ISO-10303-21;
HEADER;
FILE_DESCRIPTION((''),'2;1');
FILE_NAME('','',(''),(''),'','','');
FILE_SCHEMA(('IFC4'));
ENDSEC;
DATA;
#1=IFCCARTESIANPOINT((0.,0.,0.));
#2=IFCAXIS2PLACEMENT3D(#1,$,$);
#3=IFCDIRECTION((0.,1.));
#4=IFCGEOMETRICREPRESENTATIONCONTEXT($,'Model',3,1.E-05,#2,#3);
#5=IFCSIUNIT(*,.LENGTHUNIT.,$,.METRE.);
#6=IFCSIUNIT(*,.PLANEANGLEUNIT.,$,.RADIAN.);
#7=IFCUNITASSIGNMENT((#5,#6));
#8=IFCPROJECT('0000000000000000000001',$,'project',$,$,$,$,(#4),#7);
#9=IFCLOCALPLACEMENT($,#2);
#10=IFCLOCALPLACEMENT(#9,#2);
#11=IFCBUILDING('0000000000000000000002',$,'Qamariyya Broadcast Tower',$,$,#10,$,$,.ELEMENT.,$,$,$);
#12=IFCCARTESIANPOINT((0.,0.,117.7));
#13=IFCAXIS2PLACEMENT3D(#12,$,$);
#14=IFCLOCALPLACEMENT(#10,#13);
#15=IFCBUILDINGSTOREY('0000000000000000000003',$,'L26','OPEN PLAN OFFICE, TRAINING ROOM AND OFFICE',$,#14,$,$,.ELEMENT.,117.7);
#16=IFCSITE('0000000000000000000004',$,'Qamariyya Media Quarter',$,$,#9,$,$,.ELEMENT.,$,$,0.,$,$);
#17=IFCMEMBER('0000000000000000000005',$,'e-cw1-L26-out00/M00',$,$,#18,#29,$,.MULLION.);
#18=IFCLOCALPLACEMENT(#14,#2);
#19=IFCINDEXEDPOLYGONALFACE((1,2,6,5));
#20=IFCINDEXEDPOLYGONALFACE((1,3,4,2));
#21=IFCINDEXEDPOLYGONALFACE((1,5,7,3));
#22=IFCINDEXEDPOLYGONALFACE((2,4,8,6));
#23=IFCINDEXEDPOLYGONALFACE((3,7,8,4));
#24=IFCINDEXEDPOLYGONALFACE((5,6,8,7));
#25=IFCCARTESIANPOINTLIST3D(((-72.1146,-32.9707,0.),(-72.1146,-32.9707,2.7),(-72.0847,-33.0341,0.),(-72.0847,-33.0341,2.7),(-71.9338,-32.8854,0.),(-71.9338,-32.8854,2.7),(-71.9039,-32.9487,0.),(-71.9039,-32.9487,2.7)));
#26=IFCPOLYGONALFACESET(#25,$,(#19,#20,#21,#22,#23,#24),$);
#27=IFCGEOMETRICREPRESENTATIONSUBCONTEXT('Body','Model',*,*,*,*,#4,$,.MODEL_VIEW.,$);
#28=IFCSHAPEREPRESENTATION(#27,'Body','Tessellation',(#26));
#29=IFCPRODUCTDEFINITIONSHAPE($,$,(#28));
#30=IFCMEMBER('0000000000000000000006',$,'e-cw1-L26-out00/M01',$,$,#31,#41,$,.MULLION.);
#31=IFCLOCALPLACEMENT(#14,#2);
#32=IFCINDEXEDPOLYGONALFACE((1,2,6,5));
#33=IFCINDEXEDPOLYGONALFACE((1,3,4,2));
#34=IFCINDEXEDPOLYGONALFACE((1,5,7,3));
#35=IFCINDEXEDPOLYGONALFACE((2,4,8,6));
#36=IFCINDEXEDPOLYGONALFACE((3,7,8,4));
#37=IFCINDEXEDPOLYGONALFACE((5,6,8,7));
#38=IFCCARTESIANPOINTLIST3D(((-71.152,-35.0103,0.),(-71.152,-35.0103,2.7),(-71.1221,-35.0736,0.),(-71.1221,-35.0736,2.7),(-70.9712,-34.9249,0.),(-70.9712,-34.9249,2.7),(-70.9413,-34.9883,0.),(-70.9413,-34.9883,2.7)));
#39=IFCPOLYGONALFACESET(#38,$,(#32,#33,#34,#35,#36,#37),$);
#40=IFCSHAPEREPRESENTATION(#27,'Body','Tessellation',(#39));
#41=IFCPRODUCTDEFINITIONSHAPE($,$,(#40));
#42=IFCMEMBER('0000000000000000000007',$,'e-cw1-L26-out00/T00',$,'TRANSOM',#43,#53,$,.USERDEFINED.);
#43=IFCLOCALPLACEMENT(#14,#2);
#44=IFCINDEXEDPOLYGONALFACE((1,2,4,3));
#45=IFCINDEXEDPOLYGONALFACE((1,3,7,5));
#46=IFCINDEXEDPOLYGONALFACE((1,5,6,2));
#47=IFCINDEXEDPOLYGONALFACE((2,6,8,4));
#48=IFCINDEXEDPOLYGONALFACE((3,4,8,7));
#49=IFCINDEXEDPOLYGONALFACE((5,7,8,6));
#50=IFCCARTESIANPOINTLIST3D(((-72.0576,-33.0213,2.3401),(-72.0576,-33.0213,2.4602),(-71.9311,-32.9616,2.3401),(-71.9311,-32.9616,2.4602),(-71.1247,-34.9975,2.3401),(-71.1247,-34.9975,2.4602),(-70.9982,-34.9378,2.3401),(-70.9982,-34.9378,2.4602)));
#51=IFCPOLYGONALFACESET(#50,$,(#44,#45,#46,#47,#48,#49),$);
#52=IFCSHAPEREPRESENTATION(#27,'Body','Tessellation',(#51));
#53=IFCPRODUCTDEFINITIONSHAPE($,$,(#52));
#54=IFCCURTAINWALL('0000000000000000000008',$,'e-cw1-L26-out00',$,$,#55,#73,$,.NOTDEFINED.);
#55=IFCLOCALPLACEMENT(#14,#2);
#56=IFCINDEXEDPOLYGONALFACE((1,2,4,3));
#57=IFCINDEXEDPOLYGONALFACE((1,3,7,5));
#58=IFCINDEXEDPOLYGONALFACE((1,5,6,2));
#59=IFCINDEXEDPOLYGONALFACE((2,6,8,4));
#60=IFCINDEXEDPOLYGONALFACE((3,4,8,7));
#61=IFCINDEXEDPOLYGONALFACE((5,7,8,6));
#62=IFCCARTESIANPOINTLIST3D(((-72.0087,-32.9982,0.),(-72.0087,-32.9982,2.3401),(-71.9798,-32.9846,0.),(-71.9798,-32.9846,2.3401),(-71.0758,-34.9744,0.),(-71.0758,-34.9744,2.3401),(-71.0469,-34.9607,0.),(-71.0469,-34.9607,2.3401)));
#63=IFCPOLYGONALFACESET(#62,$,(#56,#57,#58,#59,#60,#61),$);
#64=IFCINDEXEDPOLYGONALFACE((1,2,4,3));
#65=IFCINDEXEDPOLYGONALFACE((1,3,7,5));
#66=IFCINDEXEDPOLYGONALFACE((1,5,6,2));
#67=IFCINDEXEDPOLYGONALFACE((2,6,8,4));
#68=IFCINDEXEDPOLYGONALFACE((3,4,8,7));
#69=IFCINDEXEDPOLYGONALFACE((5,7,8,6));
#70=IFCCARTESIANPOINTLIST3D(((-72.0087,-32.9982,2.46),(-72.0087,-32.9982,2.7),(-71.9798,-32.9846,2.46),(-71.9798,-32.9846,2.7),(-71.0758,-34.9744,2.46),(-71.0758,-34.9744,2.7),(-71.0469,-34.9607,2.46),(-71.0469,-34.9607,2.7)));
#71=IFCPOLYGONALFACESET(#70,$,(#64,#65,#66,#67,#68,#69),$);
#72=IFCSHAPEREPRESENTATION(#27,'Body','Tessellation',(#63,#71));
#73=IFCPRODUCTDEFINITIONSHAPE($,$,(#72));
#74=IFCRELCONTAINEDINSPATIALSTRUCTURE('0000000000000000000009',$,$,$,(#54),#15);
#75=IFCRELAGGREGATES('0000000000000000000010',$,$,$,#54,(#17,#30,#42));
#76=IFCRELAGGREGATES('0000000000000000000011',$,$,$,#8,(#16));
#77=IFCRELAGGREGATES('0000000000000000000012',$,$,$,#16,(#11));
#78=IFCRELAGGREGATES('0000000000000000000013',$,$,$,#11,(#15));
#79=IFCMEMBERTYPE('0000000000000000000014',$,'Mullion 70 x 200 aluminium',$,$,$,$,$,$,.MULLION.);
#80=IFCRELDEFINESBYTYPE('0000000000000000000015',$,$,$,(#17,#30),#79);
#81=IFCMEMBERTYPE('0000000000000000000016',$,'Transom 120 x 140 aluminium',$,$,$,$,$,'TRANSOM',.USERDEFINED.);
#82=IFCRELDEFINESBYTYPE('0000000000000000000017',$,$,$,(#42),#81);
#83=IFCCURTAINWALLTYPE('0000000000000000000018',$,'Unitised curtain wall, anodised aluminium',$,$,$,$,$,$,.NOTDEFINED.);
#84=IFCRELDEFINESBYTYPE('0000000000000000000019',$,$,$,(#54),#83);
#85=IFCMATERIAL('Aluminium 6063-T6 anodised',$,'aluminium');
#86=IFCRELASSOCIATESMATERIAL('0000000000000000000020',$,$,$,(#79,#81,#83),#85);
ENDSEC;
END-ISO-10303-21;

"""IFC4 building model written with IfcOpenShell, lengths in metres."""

from ifc_helpers import new_model, si_unit, direction, frame, origin, origin_2d, place, context, subcontext, project, spatial, rectangle, extrude, material, material_profile, profile_set, type_object, element, aggregate, save


model = new_model("IFC4")

# Units and contexts
model_context = context("Model", 3, precision=1e-05, world=origin(), true_north=direction((0.0, 1.0)))
body_context = subcontext(model_context, "Body", "Model", "MODEL_VIEW")
ifc_project = project(units=[si_unit("LENGTHUNIT", "METRE"), si_unit("PLANEANGLEUNIT", "RADIAN")], contexts=[model_context])

# Members
ifc_material_1 = material(Name="Aluminium 6063-T6 anodised", Category="aluminium")
ifc_material_profile_1 = material_profile(ifc_material_1, rectangle(XDim=0.2, YDim=0.0701, at=origin_2d()))
ifc_profile_set_1 = profile_set([ifc_material_profile_1], Name="Aluminium 6063-T6 anodised")
member_type_1 = type_object("IfcMemberType", Name="Mullion 70 x 200 aluminium", PredefinedType="MULLION", material=ifc_profile_set_1)
site_placement = place(None, origin())
building_placement = place(site_placement, origin())
storey_placement = place(building_placement, frame((0.0, 0.0, 117.7)))
member_1_placement = place(storey_placement, frame((-72.0093, -32.9597, 0.0), z_axis=(0.0, 0.0, 1.0), x_axis=(0.9043, 0.426898, 0.0)))
member_1 = element("IfcMember", 1, at=member_1_placement, type_object=member_type_1, Name="e-cw1-L26-out00/M00", PredefinedType="MULLION", context=body_context, shape_type="SweptSolid", body=[
    extrude(rectangle(XDim=0.2, YDim=0.0701, at=origin_2d()), origin(), (0.0, 0.0, 1.0), 2.7),
])
member_2_placement = place(storey_placement, frame((-71.0466, -34.9993, 0.0), z_axis=(0.0, 0.0, 1.0), x_axis=(0.9043, 0.426898, 0.0)))
member_2 = element("IfcMember", 2, at=member_2_placement, type_object=member_type_1, Name="e-cw1-L26-out00/M01", PredefinedType="MULLION", context=body_context, shape_type="SweptSolid", body=[
    extrude(rectangle(XDim=0.2, YDim=0.0701, at=origin_2d()), origin(), (0.0, 0.0, 1.0), 2.7),
])
ifc_material_profile_2 = material_profile(ifc_material_1, rectangle(XDim=0.1399, YDim=0.1201, at=origin_2d()))
ifc_profile_set_2 = profile_set([ifc_material_profile_2], Name="Aluminium 6063-T6 anodised")
member_type_2 = type_object("IfcMemberType", Name="Transom 120 x 140 aluminium", ElementType="TRANSOM", PredefinedType="USERDEFINED", material=ifc_profile_set_2)
member_3_placement = place(storey_placement, frame((-71.9944, -32.9915, 2.4001), z_axis=(0.4269, -0.904299, 0.0), x_axis=(0.904299, 0.4269, 0.0)))
member_3 = element("IfcMember", 3, at=member_3_placement, type_object=member_type_2, Name="e-cw1-L26-out00/T00", ObjectType="TRANSOM", PredefinedType="USERDEFINED", context=body_context, shape_type="SweptSolid", body=[
    extrude(rectangle(XDim=0.1399, YDim=0.1201, at=origin_2d()), origin(), (0.0, 0.0, 1.0), 2.1853),
])

# Site, building, storey
site = spatial("IfcSite", under=ifc_project, at=site_placement, Name="Qamariyya Media Quarter", CompositionType="ELEMENT", RefElevation=0.0)
building = spatial("IfcBuilding", under=site, at=building_placement, Name="Qamariyya Broadcast Tower", CompositionType="ELEMENT")
storey = spatial("IfcBuildingStorey", under=building, at=storey_placement, Name="L26", Description="OPEN PLAN OFFICE, TRAINING ROOM AND OFFICE", CompositionType="ELEMENT", Elevation=117.7)

# Curtain wall
curtain_wall_type = type_object("IfcCurtainWallType", Name="Unitised curtain wall, anodised aluminium", PredefinedType="NOTDEFINED", material=ifc_material_1)
curtain_wall_1_placement = place(storey_placement, origin())
curtain_wall_1 = element("IfcCurtainWall", 4, at=curtain_wall_1_placement, inside=storey, type_object=curtain_wall_type, Name="e-cw1-L26-out00", PredefinedType="NOTDEFINED", context=body_context, shape_type="SweptSolid", body=[
    extrude(rectangle(XDim=2.1853, YDim=0.032, at=origin_2d()), frame((-71.5278, -33.9795, 0.0), x_axis=(0.426899, -0.904299, 0.0)), (0.0, 0.0, 1.0), 2.3401),
    extrude(rectangle(XDim=2.1853, YDim=0.032, at=origin_2d()), frame((-71.5278, -33.9795, 2.46), x_axis=(0.426899, -0.904299, 0.0)), (0.0, 0.0, 1.0), 0.24),
])
aggregate(curtain_wall_1, [member_1, member_2, member_3])

save(model, "model.ifc")
